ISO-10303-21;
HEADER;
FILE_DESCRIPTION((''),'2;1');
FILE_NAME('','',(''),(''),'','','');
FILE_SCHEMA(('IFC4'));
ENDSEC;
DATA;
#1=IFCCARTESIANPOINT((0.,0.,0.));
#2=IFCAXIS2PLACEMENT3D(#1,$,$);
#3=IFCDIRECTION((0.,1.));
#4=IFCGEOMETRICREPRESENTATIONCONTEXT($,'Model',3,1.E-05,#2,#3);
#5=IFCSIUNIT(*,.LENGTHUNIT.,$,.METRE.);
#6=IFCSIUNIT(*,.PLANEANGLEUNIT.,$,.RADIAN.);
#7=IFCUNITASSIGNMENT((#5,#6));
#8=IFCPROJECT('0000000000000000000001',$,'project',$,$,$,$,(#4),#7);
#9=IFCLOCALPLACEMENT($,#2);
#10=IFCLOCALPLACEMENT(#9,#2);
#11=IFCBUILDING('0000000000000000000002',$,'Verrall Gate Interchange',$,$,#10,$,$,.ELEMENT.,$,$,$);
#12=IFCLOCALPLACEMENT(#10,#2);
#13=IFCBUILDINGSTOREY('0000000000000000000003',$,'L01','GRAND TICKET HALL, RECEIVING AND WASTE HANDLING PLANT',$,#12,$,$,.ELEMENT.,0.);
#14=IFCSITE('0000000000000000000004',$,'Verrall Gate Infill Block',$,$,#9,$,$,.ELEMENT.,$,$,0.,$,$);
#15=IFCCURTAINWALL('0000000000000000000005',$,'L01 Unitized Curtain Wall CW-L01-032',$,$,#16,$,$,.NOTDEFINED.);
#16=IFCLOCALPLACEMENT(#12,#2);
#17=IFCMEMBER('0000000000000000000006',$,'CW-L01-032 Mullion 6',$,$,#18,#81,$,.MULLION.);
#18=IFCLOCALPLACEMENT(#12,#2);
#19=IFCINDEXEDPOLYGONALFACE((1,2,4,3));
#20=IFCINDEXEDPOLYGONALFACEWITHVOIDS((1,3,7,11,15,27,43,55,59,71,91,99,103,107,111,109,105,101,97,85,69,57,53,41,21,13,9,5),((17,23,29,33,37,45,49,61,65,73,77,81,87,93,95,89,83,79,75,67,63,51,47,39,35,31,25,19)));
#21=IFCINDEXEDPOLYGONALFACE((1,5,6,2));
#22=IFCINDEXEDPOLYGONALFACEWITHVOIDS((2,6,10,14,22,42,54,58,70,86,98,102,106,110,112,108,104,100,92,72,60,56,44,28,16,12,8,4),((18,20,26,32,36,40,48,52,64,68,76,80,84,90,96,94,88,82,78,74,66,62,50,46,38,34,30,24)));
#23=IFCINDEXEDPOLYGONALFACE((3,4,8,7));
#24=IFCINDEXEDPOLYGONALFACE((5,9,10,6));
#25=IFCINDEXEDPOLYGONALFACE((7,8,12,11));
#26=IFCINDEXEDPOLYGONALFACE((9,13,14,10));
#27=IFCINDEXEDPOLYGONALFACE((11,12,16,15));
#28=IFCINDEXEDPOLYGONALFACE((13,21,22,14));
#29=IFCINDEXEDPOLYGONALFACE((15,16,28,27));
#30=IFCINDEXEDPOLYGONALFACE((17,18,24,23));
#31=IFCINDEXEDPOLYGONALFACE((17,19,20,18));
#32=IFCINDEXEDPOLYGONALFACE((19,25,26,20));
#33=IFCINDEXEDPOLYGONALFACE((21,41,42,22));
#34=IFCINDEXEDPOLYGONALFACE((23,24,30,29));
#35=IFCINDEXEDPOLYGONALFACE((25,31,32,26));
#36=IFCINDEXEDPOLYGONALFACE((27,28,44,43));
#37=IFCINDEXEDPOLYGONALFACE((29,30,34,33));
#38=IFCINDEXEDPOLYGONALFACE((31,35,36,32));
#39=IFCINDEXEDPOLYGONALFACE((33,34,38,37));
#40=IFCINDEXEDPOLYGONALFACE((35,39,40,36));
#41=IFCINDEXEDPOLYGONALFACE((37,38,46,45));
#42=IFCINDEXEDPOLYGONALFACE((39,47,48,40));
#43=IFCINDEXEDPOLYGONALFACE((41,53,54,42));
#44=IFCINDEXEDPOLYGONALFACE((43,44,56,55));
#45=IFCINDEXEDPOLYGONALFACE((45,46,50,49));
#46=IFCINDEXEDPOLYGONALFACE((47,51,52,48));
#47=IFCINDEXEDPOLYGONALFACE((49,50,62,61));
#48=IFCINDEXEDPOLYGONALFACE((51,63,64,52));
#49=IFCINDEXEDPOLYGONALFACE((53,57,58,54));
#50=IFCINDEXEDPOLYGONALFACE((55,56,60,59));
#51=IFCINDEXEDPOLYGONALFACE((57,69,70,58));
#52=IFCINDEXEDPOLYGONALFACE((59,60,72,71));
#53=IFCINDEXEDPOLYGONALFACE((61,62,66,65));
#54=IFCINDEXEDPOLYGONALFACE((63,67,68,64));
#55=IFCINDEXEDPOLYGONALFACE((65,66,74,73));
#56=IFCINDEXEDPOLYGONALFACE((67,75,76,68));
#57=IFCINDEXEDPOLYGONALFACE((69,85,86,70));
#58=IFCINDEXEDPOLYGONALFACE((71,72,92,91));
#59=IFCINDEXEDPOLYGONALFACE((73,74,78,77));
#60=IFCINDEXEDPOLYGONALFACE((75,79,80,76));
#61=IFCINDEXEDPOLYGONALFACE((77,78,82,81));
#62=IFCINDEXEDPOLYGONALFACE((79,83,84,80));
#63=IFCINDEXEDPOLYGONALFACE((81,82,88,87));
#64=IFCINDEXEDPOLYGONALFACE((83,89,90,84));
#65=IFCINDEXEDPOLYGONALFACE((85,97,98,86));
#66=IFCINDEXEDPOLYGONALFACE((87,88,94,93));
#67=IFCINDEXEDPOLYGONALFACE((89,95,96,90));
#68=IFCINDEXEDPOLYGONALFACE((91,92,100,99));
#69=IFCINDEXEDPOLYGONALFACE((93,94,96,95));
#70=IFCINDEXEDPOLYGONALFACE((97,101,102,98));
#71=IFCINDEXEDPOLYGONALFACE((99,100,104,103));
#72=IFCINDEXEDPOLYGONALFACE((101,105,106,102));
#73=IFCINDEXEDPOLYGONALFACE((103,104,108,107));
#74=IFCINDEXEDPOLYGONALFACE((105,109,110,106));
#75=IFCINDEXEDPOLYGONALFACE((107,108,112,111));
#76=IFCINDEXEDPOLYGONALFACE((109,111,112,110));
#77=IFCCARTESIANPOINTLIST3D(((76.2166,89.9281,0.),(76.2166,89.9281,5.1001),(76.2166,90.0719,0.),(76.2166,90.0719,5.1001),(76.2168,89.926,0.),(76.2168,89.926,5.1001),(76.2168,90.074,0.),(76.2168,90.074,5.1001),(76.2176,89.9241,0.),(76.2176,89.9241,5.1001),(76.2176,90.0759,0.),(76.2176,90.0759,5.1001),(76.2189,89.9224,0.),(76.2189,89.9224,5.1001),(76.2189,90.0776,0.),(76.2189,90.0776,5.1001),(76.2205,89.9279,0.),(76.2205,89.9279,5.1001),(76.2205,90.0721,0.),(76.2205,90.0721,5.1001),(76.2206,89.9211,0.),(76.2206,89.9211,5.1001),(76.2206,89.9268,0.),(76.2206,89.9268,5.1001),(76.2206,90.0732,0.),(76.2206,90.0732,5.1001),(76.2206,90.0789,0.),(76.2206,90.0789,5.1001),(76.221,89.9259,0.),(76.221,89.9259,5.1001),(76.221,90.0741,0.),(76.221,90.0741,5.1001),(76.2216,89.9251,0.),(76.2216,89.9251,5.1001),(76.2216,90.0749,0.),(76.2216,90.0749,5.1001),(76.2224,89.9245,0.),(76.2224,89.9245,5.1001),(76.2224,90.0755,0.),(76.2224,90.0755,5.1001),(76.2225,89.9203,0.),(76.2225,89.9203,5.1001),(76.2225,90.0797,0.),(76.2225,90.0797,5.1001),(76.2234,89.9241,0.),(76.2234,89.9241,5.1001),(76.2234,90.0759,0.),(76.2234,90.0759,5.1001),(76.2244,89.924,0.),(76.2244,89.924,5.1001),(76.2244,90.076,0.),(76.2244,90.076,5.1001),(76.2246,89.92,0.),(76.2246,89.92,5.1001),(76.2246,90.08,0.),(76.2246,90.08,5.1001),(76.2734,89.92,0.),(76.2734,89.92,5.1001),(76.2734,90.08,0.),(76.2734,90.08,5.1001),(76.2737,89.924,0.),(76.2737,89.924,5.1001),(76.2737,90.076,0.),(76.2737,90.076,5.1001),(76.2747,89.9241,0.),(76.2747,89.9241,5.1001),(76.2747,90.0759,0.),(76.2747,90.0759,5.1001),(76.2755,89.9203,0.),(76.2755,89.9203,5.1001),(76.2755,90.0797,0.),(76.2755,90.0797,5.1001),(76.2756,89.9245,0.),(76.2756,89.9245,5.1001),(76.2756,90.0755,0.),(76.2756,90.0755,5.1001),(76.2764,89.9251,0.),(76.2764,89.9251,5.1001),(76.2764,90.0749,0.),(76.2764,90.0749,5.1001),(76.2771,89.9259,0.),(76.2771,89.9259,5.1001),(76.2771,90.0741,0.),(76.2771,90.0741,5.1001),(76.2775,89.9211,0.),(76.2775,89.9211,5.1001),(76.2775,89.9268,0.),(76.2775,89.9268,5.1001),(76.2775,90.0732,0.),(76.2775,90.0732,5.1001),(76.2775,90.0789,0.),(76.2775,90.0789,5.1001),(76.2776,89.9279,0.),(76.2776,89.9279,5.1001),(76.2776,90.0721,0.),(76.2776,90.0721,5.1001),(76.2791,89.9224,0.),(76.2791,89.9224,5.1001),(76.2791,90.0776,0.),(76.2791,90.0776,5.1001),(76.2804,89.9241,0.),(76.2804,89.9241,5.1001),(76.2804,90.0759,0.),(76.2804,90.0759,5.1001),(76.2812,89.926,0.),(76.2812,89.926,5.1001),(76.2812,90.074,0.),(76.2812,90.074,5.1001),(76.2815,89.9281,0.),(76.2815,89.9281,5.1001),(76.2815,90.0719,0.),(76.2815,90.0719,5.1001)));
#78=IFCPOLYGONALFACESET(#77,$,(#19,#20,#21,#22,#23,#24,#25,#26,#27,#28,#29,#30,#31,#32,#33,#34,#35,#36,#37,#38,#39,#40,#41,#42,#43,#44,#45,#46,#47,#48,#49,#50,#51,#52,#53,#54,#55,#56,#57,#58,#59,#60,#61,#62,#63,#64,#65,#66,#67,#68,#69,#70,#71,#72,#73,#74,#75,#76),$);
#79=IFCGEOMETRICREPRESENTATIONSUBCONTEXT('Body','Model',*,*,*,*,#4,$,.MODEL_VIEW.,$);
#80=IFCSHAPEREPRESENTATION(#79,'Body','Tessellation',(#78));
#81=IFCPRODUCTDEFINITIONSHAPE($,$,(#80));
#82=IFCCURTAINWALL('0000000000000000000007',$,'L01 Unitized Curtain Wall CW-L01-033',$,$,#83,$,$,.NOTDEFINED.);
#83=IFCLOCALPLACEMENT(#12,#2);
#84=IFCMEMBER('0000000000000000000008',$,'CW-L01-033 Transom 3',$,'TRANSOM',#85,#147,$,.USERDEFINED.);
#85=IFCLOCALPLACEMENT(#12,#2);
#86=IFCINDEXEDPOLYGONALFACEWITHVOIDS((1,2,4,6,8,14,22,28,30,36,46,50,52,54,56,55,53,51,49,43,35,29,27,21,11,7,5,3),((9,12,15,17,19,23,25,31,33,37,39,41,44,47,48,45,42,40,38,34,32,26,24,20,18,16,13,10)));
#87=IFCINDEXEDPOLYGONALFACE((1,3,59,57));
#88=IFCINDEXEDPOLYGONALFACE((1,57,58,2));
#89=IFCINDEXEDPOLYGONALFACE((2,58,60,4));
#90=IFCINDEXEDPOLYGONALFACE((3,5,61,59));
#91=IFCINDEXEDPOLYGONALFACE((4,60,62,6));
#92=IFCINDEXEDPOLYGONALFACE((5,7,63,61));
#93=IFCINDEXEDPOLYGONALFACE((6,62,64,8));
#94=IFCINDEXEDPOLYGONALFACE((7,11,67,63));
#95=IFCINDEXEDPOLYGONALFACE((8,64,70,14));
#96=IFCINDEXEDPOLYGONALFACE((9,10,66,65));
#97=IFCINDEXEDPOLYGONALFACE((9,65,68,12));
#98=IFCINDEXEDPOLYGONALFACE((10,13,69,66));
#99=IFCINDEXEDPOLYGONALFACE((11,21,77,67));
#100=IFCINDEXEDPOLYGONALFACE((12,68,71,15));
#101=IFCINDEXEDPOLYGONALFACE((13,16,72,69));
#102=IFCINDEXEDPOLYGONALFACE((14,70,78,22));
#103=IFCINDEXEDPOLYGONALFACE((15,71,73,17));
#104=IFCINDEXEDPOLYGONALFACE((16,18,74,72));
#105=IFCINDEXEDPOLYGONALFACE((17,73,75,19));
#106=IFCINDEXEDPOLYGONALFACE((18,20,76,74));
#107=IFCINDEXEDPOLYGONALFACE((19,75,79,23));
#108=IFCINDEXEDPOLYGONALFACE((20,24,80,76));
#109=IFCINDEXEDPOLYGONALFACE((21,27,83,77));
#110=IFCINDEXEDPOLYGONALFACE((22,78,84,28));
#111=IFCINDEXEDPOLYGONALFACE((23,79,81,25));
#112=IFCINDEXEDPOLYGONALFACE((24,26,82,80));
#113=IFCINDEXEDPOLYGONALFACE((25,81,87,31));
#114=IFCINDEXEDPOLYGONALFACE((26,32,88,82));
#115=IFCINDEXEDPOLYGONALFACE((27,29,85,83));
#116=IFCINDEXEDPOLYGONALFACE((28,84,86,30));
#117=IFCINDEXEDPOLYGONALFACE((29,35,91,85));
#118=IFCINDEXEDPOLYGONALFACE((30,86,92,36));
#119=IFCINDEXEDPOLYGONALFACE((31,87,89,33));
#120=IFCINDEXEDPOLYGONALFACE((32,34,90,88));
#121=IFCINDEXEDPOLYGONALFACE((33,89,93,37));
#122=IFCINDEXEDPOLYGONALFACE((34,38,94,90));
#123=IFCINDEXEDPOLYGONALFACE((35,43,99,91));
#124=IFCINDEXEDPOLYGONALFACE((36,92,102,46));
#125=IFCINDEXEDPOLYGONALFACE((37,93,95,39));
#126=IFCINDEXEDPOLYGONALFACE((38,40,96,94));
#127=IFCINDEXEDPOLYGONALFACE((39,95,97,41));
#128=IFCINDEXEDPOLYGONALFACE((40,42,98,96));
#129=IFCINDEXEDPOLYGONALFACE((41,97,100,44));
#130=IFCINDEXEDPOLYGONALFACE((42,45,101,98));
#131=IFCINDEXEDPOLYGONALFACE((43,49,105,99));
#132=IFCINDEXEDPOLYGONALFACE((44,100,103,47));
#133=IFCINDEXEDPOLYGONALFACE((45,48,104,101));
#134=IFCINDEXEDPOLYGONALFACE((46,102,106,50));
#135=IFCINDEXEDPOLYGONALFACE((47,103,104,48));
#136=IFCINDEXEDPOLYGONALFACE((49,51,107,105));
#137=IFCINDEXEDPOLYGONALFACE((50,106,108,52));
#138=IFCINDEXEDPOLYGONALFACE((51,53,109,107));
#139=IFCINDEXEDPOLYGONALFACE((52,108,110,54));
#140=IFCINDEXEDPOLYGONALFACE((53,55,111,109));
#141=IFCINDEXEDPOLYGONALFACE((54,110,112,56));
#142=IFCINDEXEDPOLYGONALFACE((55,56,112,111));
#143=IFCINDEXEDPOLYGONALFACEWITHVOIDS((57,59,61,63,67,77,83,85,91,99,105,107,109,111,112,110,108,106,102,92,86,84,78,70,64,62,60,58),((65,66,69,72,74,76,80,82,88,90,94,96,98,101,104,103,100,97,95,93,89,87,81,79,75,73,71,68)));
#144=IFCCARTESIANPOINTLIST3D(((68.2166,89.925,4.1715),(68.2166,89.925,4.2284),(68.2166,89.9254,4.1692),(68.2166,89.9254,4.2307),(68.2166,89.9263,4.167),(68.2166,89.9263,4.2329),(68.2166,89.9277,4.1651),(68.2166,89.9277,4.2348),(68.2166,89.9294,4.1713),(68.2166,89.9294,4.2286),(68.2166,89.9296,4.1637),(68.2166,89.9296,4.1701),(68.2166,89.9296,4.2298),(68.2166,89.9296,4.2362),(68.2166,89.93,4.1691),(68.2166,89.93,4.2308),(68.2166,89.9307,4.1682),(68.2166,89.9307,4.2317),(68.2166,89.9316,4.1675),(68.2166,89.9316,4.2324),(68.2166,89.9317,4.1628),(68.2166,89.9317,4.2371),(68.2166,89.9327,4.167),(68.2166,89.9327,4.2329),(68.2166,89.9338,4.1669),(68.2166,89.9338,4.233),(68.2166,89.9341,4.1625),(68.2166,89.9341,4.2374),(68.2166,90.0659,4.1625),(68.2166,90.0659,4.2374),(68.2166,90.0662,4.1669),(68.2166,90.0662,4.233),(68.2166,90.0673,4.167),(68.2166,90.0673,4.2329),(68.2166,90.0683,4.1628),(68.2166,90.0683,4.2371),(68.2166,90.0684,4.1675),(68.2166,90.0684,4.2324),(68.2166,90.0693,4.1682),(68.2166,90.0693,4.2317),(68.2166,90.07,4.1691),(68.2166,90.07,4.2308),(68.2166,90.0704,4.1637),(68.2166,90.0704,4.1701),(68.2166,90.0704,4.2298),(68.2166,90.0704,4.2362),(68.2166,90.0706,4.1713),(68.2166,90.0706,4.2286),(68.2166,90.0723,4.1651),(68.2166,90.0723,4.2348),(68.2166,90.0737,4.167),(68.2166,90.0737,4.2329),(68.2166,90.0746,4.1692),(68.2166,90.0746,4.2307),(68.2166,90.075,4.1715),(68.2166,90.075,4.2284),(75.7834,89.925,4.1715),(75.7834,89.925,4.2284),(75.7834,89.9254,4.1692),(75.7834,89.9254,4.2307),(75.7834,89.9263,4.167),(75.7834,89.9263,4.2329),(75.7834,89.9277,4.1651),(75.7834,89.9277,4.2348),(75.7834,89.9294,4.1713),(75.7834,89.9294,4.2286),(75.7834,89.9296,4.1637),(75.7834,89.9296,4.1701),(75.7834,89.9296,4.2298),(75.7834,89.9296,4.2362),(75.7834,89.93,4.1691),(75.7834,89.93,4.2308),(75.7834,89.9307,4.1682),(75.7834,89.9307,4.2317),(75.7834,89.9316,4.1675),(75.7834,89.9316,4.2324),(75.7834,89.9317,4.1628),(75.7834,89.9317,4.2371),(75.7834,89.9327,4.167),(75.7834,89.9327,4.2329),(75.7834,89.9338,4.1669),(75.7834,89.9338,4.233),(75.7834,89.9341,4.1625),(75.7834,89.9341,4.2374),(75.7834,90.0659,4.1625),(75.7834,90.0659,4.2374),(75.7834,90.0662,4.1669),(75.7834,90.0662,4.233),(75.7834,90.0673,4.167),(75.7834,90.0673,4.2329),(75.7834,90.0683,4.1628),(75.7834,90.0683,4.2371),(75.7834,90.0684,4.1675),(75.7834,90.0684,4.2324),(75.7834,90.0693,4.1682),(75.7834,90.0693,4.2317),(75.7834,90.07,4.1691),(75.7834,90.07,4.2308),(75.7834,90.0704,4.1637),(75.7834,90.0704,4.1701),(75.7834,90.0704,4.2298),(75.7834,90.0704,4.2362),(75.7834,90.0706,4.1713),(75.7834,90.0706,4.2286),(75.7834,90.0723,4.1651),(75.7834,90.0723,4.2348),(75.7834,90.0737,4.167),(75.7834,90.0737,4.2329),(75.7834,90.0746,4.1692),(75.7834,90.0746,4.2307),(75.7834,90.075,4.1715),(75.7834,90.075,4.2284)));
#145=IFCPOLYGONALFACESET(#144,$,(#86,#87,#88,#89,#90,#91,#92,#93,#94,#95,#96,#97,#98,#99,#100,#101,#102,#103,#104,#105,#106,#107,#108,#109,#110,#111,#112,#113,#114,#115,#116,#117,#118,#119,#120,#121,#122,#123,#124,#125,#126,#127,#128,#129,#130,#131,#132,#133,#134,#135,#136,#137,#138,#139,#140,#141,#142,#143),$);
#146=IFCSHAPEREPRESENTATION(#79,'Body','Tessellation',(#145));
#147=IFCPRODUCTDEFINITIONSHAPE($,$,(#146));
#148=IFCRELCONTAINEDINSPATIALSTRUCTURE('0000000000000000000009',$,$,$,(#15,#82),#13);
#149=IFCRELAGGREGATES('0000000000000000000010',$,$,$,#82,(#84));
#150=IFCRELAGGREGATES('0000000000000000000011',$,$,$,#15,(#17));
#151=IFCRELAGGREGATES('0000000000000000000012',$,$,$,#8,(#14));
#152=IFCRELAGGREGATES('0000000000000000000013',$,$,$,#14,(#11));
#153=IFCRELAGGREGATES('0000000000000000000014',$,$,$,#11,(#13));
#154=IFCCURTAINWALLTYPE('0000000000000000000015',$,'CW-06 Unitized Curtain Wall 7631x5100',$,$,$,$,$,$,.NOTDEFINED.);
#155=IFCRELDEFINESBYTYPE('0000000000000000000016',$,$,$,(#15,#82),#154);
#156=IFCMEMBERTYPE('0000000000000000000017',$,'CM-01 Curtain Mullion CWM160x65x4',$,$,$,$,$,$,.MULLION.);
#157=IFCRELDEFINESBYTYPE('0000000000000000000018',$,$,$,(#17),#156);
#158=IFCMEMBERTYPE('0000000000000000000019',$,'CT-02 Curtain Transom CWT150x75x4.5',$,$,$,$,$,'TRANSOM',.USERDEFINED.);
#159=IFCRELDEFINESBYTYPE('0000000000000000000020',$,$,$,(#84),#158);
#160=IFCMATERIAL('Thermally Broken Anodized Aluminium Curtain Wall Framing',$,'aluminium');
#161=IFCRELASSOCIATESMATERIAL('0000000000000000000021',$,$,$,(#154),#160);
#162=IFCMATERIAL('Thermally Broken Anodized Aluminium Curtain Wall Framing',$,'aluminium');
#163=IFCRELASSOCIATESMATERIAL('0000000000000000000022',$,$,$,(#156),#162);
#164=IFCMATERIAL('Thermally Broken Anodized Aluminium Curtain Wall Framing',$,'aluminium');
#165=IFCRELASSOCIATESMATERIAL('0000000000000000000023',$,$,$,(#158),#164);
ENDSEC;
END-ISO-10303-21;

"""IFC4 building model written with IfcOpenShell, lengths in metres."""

from ifc_helpers import new_model, si_unit, direction, frame, origin, origin_2d, place, context, subcontext, project, spatial, hollow_rectangle, extrude, material, material_profile, profile_set, type_object, element, aggregate, save


model = new_model("IFC4")

# Units and contexts
model_context = context("Model", 3, precision=1e-05, world=origin(), true_north=direction((0.0, 1.0)))
body_context = subcontext(model_context, "Body", "Model", "MODEL_VIEW")
ifc_project = project(units=[si_unit("LENGTHUNIT", "METRE"), si_unit("PLANEANGLEUNIT", "RADIAN")], contexts=[model_context])

# Site, building, storey
site_placement = place(None, origin())
site = spatial("IfcSite", under=ifc_project, at=site_placement, Name="Verrall Gate Infill Block", CompositionType="ELEMENT", RefElevation=0.0)
building_placement = place(site_placement, origin())
building = spatial("IfcBuilding", under=site, at=building_placement, Name="Verrall Gate Interchange", CompositionType="ELEMENT")
storey_placement = place(building_placement, origin())
storey = spatial("IfcBuildingStorey", under=building, at=storey_placement, Name="L01", Description="GRAND TICKET HALL, RECEIVING AND WASTE HANDLING PLANT", CompositionType="ELEMENT", Elevation=0.0)

# Curtain walls, members
ifc_material_1 = material(Name="Thermally Broken Anodized Aluminium Curtain Wall Framing", Category="aluminium")
curtain_wall_type = type_object("IfcCurtainWallType", Name="CW-06 Unitized Curtain Wall 7631x5100", PredefinedType="NOTDEFINED", material=ifc_material_1)
curtain_wall_1_placement = place(storey_placement, origin())
curtain_wall_1 = element("IfcCurtainWall", 1, at=curtain_wall_1_placement, inside=storey, type_object=curtain_wall_type, Name="L01 Unitized Curtain Wall CW-L01-032", PredefinedType="NOTDEFINED")
ifc_material_2 = material(Name="Thermally Broken Anodized Aluminium Curtain Wall Framing", Category="aluminium")
ifc_material_profile_1 = material_profile(ifc_material_2, hollow_rectangle(XDim=0.0649, YDim=0.1599, WallThickness=0.0039, InnerFilletRadius=0.0039, OuterFilletRadius=0.0081, at=origin_2d()), Name="CWM160x65x4")
ifc_profile_set_1 = profile_set([ifc_material_profile_1], Name="Thermally Broken Anodized Aluminium Curtain Wall Framing")
member_type_1 = type_object("IfcMemberType", Name="CM-01 Curtain Mullion CWM160x65x4", PredefinedType="MULLION", material=ifc_profile_set_1)
member_1_placement = place(storey_placement, frame((76.249, 90.0, 0.0), z_axis=(0.0, 0.0, 1.0), x_axis=(-1.0, 0.0, 0.0)))
member_1 = element("IfcMember", 2, at=member_1_placement, type_object=member_type_1, Name="CW-L01-032 Mullion 6", PredefinedType="MULLION", context=body_context, shape_type="SweptSolid", body=[
    extrude(hollow_rectangle(XDim=0.0649, YDim=0.1599, WallThickness=0.0039, InnerFilletRadius=0.0039, OuterFilletRadius=0.0081, at=origin_2d()), origin(), (0.0, 0.0, 1.0), 5.1001),
])
curtain_wall_2_placement = place(storey_placement, origin())
curtain_wall_2 = element("IfcCurtainWall", 3, at=curtain_wall_2_placement, inside=storey, type_object=curtain_wall_type, Name="L01 Unitized Curtain Wall CW-L01-033", PredefinedType="NOTDEFINED")
ifc_material_3 = material(Name="Thermally Broken Anodized Aluminium Curtain Wall Framing", Category="aluminium")
ifc_material_profile_2 = material_profile(ifc_material_3, hollow_rectangle(XDim=0.1499, YDim=0.075, WallThickness=0.0044, InnerFilletRadius=0.0044, OuterFilletRadius=0.009, at=origin_2d()), Name="CWT150x75x4.5")
ifc_profile_set_2 = profile_set([ifc_material_profile_2], Name="Thermally Broken Anodized Aluminium Curtain Wall Framing")
member_type_2 = type_object("IfcMemberType", Name="CT-02 Curtain Transom CWT150x75x4.5", ElementType="TRANSOM", PredefinedType="USERDEFINED", material=ifc_profile_set_2)
member_2_placement = place(storey_placement, frame((75.7834, 90.0, 4.2), z_axis=(-1.0, 0.0, 0.0), x_axis=(0.0, -1.0, 0.0)))
member_2 = element("IfcMember", 4, at=member_2_placement, type_object=member_type_2, Name="CW-L01-033 Transom 3", ObjectType="TRANSOM", PredefinedType="USERDEFINED", context=body_context, shape_type="SweptSolid", body=[
    extrude(hollow_rectangle(XDim=0.1499, YDim=0.075, WallThickness=0.0044, InnerFilletRadius=0.0044, OuterFilletRadius=0.009, at=origin_2d()), origin(), (0.0, 0.0, 1.0), 7.5669),
])
aggregate(curtain_wall_2, [member_2])

aggregate(curtain_wall_1, [member_1])

save(model, "model.ifc")
